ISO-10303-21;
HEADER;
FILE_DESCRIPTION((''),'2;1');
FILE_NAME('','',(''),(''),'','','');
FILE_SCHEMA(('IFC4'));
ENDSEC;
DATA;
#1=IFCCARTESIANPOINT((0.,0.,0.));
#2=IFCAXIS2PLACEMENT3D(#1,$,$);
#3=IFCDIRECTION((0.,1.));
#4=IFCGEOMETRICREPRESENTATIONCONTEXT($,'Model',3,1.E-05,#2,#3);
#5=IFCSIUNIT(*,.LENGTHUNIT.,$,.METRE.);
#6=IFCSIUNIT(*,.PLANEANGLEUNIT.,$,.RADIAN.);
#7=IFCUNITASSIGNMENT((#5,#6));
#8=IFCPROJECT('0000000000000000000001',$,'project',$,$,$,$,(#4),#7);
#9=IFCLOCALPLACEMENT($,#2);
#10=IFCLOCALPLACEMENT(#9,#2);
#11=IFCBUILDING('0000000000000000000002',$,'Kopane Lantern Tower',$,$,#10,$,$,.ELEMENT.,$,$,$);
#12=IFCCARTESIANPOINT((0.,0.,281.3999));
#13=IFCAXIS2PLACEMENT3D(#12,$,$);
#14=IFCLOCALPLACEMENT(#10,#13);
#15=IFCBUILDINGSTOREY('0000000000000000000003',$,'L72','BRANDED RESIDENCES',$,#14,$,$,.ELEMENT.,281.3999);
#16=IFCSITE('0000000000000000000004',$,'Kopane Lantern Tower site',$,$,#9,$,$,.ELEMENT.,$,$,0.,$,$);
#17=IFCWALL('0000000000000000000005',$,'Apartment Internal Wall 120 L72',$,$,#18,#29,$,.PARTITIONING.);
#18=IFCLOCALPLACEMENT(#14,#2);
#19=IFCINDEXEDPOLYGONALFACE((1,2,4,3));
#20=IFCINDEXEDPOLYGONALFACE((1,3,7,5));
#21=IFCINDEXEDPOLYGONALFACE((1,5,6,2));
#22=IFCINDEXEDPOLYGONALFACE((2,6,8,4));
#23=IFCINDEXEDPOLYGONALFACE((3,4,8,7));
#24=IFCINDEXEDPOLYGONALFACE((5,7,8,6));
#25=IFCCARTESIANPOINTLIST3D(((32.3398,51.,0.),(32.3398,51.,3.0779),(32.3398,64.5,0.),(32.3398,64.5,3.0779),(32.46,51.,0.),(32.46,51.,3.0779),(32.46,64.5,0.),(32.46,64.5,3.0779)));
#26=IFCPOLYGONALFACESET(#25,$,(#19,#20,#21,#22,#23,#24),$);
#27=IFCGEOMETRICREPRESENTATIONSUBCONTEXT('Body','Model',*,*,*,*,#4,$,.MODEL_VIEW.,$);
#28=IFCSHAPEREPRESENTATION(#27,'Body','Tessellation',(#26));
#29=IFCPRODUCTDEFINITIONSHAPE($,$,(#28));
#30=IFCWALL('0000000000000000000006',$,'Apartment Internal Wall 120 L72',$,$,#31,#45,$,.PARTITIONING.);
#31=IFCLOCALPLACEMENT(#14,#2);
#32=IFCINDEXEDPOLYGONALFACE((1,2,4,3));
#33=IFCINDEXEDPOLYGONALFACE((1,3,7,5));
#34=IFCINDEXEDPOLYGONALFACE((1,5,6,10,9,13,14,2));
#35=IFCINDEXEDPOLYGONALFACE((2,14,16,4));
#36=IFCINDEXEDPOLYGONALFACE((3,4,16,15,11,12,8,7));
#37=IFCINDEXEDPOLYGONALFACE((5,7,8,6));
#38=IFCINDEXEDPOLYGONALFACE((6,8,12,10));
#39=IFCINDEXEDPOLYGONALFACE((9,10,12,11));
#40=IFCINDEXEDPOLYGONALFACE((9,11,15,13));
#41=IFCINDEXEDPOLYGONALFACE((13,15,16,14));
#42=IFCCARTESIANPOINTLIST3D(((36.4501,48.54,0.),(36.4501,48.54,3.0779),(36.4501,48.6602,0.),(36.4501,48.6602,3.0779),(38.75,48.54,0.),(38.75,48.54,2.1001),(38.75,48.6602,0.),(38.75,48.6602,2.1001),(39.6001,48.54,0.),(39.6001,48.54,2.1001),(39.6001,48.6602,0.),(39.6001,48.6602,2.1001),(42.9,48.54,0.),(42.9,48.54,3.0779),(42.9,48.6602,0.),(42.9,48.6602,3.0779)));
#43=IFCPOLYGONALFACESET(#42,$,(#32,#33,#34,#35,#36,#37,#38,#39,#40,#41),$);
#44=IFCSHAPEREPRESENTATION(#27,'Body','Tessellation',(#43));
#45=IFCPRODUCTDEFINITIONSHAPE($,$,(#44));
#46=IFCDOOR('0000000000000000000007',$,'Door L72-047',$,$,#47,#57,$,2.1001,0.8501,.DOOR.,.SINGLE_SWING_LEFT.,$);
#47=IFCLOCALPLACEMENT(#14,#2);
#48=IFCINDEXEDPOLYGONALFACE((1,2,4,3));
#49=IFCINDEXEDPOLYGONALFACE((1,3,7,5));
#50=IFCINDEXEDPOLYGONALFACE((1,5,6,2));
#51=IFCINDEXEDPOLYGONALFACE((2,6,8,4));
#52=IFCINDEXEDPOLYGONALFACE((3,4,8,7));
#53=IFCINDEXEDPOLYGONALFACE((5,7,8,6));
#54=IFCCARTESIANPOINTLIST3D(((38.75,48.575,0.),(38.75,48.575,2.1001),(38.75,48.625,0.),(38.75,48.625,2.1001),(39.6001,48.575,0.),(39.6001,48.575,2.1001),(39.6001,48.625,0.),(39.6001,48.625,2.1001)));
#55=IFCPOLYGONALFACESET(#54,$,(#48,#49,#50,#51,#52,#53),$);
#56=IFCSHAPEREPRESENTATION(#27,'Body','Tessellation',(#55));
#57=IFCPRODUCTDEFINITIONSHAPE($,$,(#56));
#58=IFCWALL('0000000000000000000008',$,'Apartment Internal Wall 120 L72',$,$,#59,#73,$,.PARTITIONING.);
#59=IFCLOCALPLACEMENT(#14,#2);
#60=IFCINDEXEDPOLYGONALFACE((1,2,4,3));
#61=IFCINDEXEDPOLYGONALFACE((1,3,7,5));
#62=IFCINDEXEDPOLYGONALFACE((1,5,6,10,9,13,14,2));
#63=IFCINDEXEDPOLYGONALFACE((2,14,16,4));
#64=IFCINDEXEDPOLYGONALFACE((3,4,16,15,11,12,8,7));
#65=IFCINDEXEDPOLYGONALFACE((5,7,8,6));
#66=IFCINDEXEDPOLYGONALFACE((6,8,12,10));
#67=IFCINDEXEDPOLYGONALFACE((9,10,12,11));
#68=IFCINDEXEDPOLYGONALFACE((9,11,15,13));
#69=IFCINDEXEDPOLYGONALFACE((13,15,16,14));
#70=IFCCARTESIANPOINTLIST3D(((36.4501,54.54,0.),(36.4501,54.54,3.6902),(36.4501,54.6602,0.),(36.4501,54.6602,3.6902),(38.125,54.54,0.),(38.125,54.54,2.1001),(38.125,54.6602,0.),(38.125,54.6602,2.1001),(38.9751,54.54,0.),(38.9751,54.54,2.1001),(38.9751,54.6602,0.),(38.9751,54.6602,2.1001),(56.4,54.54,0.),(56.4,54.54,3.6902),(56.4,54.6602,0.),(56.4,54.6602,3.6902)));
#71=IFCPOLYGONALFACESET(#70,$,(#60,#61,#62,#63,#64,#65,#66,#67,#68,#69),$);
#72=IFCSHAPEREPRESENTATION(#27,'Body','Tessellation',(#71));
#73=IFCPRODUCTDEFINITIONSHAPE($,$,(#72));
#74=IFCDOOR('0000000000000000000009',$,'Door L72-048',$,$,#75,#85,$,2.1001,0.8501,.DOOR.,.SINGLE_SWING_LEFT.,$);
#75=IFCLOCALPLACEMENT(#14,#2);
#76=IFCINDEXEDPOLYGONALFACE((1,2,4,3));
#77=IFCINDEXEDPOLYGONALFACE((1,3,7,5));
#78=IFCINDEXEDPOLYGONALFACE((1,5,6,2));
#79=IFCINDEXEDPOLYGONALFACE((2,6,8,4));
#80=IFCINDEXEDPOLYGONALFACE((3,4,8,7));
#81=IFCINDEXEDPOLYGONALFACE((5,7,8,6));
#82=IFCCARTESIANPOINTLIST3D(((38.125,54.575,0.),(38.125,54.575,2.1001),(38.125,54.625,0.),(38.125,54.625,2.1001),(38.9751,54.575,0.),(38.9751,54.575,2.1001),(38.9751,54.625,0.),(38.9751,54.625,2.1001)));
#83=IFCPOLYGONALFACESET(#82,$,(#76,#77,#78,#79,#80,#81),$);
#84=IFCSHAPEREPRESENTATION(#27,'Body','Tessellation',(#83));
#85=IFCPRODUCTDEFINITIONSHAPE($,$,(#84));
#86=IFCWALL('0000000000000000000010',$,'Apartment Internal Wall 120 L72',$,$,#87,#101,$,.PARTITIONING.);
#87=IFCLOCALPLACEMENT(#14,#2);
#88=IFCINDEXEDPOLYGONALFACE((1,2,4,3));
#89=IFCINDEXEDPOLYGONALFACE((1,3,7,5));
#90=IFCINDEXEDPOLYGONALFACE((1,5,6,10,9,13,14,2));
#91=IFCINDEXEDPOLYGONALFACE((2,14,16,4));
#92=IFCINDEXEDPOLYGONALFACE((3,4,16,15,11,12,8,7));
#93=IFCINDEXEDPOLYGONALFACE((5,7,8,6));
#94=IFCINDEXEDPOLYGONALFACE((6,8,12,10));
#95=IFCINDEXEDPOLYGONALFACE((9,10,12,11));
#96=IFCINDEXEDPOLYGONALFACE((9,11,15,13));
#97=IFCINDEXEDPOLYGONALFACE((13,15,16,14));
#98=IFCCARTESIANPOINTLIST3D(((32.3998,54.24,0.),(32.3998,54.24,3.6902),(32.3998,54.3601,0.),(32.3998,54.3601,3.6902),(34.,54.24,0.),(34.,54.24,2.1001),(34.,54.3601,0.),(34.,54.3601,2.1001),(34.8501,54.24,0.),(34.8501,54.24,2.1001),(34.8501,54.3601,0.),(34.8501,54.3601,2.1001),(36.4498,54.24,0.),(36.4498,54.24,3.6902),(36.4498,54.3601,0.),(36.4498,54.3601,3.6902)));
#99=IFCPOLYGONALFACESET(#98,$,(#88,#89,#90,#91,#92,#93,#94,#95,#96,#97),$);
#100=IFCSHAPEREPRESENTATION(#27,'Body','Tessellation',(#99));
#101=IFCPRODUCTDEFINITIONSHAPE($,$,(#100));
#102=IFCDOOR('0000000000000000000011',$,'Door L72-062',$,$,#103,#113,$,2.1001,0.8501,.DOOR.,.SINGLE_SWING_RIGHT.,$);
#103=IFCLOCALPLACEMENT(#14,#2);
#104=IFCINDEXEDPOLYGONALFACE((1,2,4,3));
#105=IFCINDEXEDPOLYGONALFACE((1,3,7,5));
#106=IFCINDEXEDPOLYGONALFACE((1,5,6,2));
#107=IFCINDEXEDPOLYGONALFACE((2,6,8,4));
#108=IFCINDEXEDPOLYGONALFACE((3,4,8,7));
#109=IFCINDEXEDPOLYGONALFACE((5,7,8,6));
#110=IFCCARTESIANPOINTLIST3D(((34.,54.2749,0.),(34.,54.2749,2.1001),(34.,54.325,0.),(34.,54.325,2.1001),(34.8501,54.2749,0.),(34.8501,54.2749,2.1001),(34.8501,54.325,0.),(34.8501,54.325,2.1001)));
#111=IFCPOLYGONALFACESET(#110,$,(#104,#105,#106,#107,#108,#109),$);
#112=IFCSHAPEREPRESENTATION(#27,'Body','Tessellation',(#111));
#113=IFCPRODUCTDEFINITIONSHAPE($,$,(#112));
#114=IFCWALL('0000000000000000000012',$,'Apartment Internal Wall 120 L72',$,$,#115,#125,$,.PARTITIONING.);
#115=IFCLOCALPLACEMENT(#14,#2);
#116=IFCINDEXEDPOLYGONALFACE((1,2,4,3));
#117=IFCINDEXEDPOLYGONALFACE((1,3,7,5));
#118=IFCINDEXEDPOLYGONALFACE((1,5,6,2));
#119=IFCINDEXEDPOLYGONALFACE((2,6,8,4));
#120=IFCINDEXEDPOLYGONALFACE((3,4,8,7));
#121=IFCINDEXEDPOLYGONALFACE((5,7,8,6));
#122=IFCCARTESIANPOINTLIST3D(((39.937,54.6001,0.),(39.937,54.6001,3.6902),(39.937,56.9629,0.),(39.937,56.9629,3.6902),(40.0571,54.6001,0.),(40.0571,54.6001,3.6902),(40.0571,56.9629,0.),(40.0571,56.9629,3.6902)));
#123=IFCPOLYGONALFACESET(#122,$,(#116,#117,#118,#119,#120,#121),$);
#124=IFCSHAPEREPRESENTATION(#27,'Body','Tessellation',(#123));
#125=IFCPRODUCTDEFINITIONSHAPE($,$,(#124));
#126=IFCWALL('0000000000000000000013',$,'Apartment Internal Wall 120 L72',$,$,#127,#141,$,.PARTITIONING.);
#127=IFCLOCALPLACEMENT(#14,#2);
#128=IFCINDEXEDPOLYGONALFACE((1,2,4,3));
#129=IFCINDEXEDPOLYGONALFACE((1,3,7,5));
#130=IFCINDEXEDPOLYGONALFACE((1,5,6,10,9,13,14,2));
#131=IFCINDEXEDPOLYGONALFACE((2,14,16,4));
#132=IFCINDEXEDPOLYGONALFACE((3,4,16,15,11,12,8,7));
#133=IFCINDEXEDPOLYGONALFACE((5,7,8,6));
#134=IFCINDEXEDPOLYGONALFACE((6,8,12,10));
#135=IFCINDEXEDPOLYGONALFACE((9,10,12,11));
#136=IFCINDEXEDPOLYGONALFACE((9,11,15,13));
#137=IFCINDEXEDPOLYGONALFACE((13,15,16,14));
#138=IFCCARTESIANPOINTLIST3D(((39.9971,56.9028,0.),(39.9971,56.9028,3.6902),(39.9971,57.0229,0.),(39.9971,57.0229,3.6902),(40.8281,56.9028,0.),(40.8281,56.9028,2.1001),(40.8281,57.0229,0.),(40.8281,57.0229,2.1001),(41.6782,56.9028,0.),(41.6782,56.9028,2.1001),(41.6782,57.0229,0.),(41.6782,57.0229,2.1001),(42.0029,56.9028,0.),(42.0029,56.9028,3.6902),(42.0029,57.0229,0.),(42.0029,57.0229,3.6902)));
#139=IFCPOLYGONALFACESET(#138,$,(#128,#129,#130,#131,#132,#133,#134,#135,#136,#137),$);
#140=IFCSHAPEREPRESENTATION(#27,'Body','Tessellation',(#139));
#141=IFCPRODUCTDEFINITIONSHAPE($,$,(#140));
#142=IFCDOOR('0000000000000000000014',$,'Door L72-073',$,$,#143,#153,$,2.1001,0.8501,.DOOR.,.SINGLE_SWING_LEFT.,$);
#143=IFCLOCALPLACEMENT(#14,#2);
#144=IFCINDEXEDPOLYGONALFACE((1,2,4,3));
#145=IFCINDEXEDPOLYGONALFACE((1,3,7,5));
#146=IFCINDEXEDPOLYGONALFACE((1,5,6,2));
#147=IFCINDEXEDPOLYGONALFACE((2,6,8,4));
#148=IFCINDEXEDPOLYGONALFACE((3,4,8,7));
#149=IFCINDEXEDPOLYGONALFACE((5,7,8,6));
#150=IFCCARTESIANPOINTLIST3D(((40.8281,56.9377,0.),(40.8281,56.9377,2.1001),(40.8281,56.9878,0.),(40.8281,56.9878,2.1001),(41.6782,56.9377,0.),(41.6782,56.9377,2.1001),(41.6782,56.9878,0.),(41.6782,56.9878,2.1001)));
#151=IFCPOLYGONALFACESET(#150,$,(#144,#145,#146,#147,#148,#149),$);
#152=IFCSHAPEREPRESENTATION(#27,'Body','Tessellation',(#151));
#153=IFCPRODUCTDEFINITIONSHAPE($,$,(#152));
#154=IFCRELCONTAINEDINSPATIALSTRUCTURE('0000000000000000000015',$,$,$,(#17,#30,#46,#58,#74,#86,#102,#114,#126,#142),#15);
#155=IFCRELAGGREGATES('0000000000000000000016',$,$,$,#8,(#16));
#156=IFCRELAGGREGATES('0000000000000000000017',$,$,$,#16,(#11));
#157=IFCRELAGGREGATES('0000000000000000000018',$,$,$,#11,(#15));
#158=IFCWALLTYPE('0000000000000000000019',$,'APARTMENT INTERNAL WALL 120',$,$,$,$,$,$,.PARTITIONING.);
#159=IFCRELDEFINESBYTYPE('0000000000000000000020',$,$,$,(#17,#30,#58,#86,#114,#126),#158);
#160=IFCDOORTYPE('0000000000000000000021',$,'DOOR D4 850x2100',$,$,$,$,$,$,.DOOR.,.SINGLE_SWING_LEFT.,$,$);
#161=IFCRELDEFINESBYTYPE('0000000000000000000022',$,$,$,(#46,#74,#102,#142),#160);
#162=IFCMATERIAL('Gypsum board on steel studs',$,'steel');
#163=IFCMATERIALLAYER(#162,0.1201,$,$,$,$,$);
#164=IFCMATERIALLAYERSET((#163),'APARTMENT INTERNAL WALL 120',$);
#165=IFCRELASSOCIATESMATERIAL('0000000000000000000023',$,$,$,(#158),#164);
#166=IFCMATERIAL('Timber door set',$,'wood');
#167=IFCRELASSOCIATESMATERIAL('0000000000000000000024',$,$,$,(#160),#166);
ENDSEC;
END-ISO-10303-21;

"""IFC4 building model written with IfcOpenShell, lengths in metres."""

from ifc_helpers import new_model, si_unit, direction, frame, frame_2d, origin, place, context, subcontext, project, spatial, rectangle, extrude, material, layer, layer_set, type_object, element, fill, save


model = new_model("IFC4")

# Units and contexts
model_context = context("Model", 3, precision=1e-05, world=origin(), true_north=direction((0.0, 1.0)))
body_context = subcontext(model_context, "Body", "Model", "MODEL_VIEW")
ifc_project = project(units=[si_unit("LENGTHUNIT", "METRE"), si_unit("PLANEANGLEUNIT", "RADIAN")], contexts=[model_context])

# Site, building, storey
site_placement = place(None, origin())
site = spatial("IfcSite", under=ifc_project, at=site_placement, Name="Kopane Lantern Tower site", CompositionType="ELEMENT", RefElevation=0.0)
building_placement = place(site_placement, origin())
building = spatial("IfcBuilding", under=site, at=building_placement, Name="Kopane Lantern Tower", CompositionType="ELEMENT")
storey_placement = place(building_placement, frame((0.0, 0.0, 281.3999)))
storey = spatial("IfcBuildingStorey", under=building, at=storey_placement, Name="L72", Description="BRANDED RESIDENCES", CompositionType="ELEMENT", Elevation=281.3999)

# Wall
ifc_material_1 = material(Name="Gypsum board on steel studs", Category="steel")
ifc_layer_1 = layer(ifc_material_1, 0.1201)
ifc_layer_set_1 = layer_set([ifc_layer_1], Name="APARTMENT INTERNAL WALL 120")
wall_type_1 = type_object("IfcWallType", Name="APARTMENT INTERNAL WALL 120", PredefinedType="PARTITIONING", material=ifc_layer_set_1)
wall_1_placement = place(storey_placement, frame((32.3999, 51.0, 0.0), z_axis=(0.0, 0.0, 1.0), x_axis=(0.0, 1.0, 0.0)))
element("IfcWall", 1, at=wall_1_placement, inside=storey, type_object=wall_type_1, Name="Apartment Internal Wall 120 L72", PredefinedType="PARTITIONING", context=body_context, shape_type="SweptSolid", body=[
    extrude(rectangle(XDim=13.5, YDim=0.1201, at=frame_2d((6.75, 0.0))), origin(), (0.0, 0.0, 1.0), 3.0779),
])

# Walls, openings, doors
wall_2_placement = place(storey_placement, frame((36.45, 48.6001, 0.0), z_axis=(0.0, 0.0, 1.0), x_axis=(1.0, 0.0, 0.0)))
wall_2 = element("IfcWall", 2, at=wall_2_placement, inside=storey, type_object=wall_type_1, Name="Apartment Internal Wall 120 L72", PredefinedType="PARTITIONING", context=body_context, shape_type="SweptSolid", body=[
    extrude(rectangle(XDim=6.45, YDim=0.1201, at=frame_2d((3.2251, 0.0))), origin(), (0.0, 0.0, 1.0), 3.0779),
])
opening_1_placement = place(wall_2_placement, frame((2.3, 0.0, 0.0)))
opening_1 = element("IfcOpeningElement", 3, at=opening_1_placement, cuts=wall_2, PredefinedType="OPENING", context=body_context, shape_type="SweptSolid", body=[
    extrude(rectangle(XDim=0.8501, YDim=2.1001, at=frame_2d((0.425, 1.05))), frame((0.0, 0.0701, 0.0), z_axis=(0.0, -1.0, 0.0), x_axis=(1.0, 0.0, 0.0)), (0.0, 0.0, 1.0), 0.1401),
])
ifc_material_2 = material(Name="Timber door set", Category="wood")
door_type_1 = type_object("IfcDoorType", Name="DOOR D4 850x2100", OperationType="SINGLE_SWING_LEFT", PredefinedType="DOOR", material=ifc_material_2)
door_1_placement = place(opening_1_placement, origin())
door_1 = element("IfcDoor", 4, at=door_1_placement, inside=storey, type_object=door_type_1, Name="Door L72-047", OperationType="SINGLE_SWING_LEFT", OverallHeight=2.1001, OverallWidth=0.8501, PredefinedType="DOOR", context=body_context, shape_type="SweptSolid", body=[
    extrude(rectangle(XDim=0.8501, YDim=2.1001, at=frame_2d((0.425, 1.05))), frame((0.0, 0.0249, 0.0), z_axis=(0.0, -1.0, 0.0), x_axis=(1.0, 0.0, 0.0)), (0.0, 0.0, 1.0), 0.05),
])
fill(opening_1, door_1)
wall_3_placement = place(storey_placement, frame((36.45, 54.6001, 0.0), z_axis=(0.0, 0.0, 1.0), x_axis=(1.0, 0.0, 0.0)))
wall_3 = element("IfcWall", 5, at=wall_3_placement, inside=storey, type_object=wall_type_1, Name="Apartment Internal Wall 120 L72", PredefinedType="PARTITIONING", context=body_context, shape_type="SweptSolid", body=[
    extrude(rectangle(XDim=19.95, YDim=0.1201, at=frame_2d((9.9751, 0.0))), origin(), (0.0, 0.0, 1.0), 3.6902),
])
opening_2_placement = place(wall_3_placement, frame((1.675, 0.0, 0.0)))
opening_2 = element("IfcOpeningElement", 6, at=opening_2_placement, cuts=wall_3, PredefinedType="OPENING", context=body_context, shape_type="SweptSolid", body=[
    extrude(rectangle(XDim=0.8501, YDim=2.1001, at=frame_2d((0.425, 1.05))), frame((0.0, 0.0701, 0.0), z_axis=(0.0, -1.0, 0.0), x_axis=(1.0, 0.0, 0.0)), (0.0, 0.0, 1.0), 0.1401),
])
door_2_placement = place(opening_2_placement, origin())
door_2 = element("IfcDoor", 7, at=door_2_placement, inside=storey, type_object=door_type_1, Name="Door L72-048", OperationType="SINGLE_SWING_LEFT", OverallHeight=2.1001, OverallWidth=0.8501, PredefinedType="DOOR", context=body_context, shape_type="SweptSolid", body=[
    extrude(rectangle(XDim=0.8501, YDim=2.1001, at=frame_2d((0.425, 1.05))), frame((0.0, 0.0249, 0.0), z_axis=(0.0, -1.0, 0.0), x_axis=(1.0, 0.0, 0.0)), (0.0, 0.0, 1.0), 0.05),
])
fill(opening_2, door_2)
wall_4_placement = place(storey_placement, frame((32.3999, 54.3, 0.0), z_axis=(0.0, 0.0, 1.0), x_axis=(1.0, 0.0, 0.0)))
wall_4 = element("IfcWall", 8, at=wall_4_placement, inside=storey, type_object=wall_type_1, Name="Apartment Internal Wall 120 L72", PredefinedType="PARTITIONING", context=body_context, shape_type="SweptSolid", body=[
    extrude(rectangle(XDim=4.05, YDim=0.1201, at=frame_2d((2.0249, 0.0))), origin(), (0.0, 0.0, 1.0), 3.6902),
])
opening_3_placement = place(wall_4_placement, frame((1.6001, 0.0, 0.0)))
opening_3 = element("IfcOpeningElement", 9, at=opening_3_placement, cuts=wall_4, PredefinedType="OPENING", context=body_context, shape_type="SweptSolid", body=[
    extrude(rectangle(XDim=0.8501, YDim=2.1001, at=frame_2d((0.425, 1.05))), frame((0.0, 0.0701, 0.0), z_axis=(0.0, -1.0, 0.0), x_axis=(1.0, 0.0, 0.0)), (0.0, 0.0, 1.0), 0.1401),
])
door_3_placement = place(opening_3_placement, origin())
door_3 = element("IfcDoor", 10, at=door_3_placement, inside=storey, type_object=door_type_1, Name="Door L72-062", OperationType="SINGLE_SWING_RIGHT", OverallHeight=2.1001, OverallWidth=0.8501, PredefinedType="DOOR", context=body_context, shape_type="SweptSolid", body=[
    extrude(rectangle(XDim=0.8501, YDim=2.1001, at=frame_2d((0.425, 1.05))), frame((0.0, 0.0249, 0.0), z_axis=(0.0, -1.0, 0.0), x_axis=(1.0, 0.0, 0.0)), (0.0, 0.0, 1.0), 0.05),
])
fill(opening_3, door_3)

# Wall
wall_5_placement = place(storey_placement, frame((39.9971, 54.6001, 0.0), z_axis=(0.0, 0.0, 1.0), x_axis=(0.0, 1.0, 0.0)))
element("IfcWall", 11, at=wall_5_placement, inside=storey, type_object=wall_type_1, Name="Apartment Internal Wall 120 L72", PredefinedType="PARTITIONING", context=body_context, shape_type="SweptSolid", body=[
    extrude(rectangle(XDim=2.3628, YDim=0.1201, at=frame_2d((1.1814, 0.0))), origin(), (0.0, 0.0, 1.0), 3.6902),
])

# Wall, opening, door
wall_6_placement = place(storey_placement, frame((39.9971, 56.9629, 0.0), z_axis=(0.0, 0.0, 1.0), x_axis=(1.0, 0.0, 0.0)))
wall_6 = element("IfcWall", 12, at=wall_6_placement, inside=storey, type_object=wall_type_1, Name="Apartment Internal Wall 120 L72", PredefinedType="PARTITIONING", context=body_context, shape_type="SweptSolid", body=[
    extrude(rectangle(XDim=2.0059, YDim=0.1201, at=frame_2d((1.0029, 0.0))), origin(), (0.0, 0.0, 1.0), 3.6902),
])
opening_4_placement = place(wall_6_placement, frame((0.8311, 0.0, 0.0)))
opening_4 = element("IfcOpeningElement", 13, at=opening_4_placement, cuts=wall_6, PredefinedType="OPENING", context=body_context, shape_type="SweptSolid", body=[
    extrude(rectangle(XDim=0.8501, YDim=2.1001, at=frame_2d((0.425, 1.05))), frame((0.0, 0.0701, 0.0), z_axis=(0.0, -1.0, 0.0), x_axis=(1.0, 0.0, 0.0)), (0.0, 0.0, 1.0), 0.1401),
])
door_4_placement = place(opening_4_placement, origin())
door_4 = element("IfcDoor", 14, at=door_4_placement, inside=storey, type_object=door_type_1, Name="Door L72-073", OperationType="SINGLE_SWING_LEFT", OverallHeight=2.1001, OverallWidth=0.8501, PredefinedType="DOOR", context=body_context, shape_type="SweptSolid", body=[
    extrude(rectangle(XDim=0.8501, YDim=2.1001, at=frame_2d((0.425, 1.05))), frame((0.0, 0.0249, 0.0), z_axis=(0.0, -1.0, 0.0), x_axis=(1.0, 0.0, 0.0)), (0.0, 0.0, 1.0), 0.05),
])
fill(opening_4, door_4)

save(model, "model.ifc")
